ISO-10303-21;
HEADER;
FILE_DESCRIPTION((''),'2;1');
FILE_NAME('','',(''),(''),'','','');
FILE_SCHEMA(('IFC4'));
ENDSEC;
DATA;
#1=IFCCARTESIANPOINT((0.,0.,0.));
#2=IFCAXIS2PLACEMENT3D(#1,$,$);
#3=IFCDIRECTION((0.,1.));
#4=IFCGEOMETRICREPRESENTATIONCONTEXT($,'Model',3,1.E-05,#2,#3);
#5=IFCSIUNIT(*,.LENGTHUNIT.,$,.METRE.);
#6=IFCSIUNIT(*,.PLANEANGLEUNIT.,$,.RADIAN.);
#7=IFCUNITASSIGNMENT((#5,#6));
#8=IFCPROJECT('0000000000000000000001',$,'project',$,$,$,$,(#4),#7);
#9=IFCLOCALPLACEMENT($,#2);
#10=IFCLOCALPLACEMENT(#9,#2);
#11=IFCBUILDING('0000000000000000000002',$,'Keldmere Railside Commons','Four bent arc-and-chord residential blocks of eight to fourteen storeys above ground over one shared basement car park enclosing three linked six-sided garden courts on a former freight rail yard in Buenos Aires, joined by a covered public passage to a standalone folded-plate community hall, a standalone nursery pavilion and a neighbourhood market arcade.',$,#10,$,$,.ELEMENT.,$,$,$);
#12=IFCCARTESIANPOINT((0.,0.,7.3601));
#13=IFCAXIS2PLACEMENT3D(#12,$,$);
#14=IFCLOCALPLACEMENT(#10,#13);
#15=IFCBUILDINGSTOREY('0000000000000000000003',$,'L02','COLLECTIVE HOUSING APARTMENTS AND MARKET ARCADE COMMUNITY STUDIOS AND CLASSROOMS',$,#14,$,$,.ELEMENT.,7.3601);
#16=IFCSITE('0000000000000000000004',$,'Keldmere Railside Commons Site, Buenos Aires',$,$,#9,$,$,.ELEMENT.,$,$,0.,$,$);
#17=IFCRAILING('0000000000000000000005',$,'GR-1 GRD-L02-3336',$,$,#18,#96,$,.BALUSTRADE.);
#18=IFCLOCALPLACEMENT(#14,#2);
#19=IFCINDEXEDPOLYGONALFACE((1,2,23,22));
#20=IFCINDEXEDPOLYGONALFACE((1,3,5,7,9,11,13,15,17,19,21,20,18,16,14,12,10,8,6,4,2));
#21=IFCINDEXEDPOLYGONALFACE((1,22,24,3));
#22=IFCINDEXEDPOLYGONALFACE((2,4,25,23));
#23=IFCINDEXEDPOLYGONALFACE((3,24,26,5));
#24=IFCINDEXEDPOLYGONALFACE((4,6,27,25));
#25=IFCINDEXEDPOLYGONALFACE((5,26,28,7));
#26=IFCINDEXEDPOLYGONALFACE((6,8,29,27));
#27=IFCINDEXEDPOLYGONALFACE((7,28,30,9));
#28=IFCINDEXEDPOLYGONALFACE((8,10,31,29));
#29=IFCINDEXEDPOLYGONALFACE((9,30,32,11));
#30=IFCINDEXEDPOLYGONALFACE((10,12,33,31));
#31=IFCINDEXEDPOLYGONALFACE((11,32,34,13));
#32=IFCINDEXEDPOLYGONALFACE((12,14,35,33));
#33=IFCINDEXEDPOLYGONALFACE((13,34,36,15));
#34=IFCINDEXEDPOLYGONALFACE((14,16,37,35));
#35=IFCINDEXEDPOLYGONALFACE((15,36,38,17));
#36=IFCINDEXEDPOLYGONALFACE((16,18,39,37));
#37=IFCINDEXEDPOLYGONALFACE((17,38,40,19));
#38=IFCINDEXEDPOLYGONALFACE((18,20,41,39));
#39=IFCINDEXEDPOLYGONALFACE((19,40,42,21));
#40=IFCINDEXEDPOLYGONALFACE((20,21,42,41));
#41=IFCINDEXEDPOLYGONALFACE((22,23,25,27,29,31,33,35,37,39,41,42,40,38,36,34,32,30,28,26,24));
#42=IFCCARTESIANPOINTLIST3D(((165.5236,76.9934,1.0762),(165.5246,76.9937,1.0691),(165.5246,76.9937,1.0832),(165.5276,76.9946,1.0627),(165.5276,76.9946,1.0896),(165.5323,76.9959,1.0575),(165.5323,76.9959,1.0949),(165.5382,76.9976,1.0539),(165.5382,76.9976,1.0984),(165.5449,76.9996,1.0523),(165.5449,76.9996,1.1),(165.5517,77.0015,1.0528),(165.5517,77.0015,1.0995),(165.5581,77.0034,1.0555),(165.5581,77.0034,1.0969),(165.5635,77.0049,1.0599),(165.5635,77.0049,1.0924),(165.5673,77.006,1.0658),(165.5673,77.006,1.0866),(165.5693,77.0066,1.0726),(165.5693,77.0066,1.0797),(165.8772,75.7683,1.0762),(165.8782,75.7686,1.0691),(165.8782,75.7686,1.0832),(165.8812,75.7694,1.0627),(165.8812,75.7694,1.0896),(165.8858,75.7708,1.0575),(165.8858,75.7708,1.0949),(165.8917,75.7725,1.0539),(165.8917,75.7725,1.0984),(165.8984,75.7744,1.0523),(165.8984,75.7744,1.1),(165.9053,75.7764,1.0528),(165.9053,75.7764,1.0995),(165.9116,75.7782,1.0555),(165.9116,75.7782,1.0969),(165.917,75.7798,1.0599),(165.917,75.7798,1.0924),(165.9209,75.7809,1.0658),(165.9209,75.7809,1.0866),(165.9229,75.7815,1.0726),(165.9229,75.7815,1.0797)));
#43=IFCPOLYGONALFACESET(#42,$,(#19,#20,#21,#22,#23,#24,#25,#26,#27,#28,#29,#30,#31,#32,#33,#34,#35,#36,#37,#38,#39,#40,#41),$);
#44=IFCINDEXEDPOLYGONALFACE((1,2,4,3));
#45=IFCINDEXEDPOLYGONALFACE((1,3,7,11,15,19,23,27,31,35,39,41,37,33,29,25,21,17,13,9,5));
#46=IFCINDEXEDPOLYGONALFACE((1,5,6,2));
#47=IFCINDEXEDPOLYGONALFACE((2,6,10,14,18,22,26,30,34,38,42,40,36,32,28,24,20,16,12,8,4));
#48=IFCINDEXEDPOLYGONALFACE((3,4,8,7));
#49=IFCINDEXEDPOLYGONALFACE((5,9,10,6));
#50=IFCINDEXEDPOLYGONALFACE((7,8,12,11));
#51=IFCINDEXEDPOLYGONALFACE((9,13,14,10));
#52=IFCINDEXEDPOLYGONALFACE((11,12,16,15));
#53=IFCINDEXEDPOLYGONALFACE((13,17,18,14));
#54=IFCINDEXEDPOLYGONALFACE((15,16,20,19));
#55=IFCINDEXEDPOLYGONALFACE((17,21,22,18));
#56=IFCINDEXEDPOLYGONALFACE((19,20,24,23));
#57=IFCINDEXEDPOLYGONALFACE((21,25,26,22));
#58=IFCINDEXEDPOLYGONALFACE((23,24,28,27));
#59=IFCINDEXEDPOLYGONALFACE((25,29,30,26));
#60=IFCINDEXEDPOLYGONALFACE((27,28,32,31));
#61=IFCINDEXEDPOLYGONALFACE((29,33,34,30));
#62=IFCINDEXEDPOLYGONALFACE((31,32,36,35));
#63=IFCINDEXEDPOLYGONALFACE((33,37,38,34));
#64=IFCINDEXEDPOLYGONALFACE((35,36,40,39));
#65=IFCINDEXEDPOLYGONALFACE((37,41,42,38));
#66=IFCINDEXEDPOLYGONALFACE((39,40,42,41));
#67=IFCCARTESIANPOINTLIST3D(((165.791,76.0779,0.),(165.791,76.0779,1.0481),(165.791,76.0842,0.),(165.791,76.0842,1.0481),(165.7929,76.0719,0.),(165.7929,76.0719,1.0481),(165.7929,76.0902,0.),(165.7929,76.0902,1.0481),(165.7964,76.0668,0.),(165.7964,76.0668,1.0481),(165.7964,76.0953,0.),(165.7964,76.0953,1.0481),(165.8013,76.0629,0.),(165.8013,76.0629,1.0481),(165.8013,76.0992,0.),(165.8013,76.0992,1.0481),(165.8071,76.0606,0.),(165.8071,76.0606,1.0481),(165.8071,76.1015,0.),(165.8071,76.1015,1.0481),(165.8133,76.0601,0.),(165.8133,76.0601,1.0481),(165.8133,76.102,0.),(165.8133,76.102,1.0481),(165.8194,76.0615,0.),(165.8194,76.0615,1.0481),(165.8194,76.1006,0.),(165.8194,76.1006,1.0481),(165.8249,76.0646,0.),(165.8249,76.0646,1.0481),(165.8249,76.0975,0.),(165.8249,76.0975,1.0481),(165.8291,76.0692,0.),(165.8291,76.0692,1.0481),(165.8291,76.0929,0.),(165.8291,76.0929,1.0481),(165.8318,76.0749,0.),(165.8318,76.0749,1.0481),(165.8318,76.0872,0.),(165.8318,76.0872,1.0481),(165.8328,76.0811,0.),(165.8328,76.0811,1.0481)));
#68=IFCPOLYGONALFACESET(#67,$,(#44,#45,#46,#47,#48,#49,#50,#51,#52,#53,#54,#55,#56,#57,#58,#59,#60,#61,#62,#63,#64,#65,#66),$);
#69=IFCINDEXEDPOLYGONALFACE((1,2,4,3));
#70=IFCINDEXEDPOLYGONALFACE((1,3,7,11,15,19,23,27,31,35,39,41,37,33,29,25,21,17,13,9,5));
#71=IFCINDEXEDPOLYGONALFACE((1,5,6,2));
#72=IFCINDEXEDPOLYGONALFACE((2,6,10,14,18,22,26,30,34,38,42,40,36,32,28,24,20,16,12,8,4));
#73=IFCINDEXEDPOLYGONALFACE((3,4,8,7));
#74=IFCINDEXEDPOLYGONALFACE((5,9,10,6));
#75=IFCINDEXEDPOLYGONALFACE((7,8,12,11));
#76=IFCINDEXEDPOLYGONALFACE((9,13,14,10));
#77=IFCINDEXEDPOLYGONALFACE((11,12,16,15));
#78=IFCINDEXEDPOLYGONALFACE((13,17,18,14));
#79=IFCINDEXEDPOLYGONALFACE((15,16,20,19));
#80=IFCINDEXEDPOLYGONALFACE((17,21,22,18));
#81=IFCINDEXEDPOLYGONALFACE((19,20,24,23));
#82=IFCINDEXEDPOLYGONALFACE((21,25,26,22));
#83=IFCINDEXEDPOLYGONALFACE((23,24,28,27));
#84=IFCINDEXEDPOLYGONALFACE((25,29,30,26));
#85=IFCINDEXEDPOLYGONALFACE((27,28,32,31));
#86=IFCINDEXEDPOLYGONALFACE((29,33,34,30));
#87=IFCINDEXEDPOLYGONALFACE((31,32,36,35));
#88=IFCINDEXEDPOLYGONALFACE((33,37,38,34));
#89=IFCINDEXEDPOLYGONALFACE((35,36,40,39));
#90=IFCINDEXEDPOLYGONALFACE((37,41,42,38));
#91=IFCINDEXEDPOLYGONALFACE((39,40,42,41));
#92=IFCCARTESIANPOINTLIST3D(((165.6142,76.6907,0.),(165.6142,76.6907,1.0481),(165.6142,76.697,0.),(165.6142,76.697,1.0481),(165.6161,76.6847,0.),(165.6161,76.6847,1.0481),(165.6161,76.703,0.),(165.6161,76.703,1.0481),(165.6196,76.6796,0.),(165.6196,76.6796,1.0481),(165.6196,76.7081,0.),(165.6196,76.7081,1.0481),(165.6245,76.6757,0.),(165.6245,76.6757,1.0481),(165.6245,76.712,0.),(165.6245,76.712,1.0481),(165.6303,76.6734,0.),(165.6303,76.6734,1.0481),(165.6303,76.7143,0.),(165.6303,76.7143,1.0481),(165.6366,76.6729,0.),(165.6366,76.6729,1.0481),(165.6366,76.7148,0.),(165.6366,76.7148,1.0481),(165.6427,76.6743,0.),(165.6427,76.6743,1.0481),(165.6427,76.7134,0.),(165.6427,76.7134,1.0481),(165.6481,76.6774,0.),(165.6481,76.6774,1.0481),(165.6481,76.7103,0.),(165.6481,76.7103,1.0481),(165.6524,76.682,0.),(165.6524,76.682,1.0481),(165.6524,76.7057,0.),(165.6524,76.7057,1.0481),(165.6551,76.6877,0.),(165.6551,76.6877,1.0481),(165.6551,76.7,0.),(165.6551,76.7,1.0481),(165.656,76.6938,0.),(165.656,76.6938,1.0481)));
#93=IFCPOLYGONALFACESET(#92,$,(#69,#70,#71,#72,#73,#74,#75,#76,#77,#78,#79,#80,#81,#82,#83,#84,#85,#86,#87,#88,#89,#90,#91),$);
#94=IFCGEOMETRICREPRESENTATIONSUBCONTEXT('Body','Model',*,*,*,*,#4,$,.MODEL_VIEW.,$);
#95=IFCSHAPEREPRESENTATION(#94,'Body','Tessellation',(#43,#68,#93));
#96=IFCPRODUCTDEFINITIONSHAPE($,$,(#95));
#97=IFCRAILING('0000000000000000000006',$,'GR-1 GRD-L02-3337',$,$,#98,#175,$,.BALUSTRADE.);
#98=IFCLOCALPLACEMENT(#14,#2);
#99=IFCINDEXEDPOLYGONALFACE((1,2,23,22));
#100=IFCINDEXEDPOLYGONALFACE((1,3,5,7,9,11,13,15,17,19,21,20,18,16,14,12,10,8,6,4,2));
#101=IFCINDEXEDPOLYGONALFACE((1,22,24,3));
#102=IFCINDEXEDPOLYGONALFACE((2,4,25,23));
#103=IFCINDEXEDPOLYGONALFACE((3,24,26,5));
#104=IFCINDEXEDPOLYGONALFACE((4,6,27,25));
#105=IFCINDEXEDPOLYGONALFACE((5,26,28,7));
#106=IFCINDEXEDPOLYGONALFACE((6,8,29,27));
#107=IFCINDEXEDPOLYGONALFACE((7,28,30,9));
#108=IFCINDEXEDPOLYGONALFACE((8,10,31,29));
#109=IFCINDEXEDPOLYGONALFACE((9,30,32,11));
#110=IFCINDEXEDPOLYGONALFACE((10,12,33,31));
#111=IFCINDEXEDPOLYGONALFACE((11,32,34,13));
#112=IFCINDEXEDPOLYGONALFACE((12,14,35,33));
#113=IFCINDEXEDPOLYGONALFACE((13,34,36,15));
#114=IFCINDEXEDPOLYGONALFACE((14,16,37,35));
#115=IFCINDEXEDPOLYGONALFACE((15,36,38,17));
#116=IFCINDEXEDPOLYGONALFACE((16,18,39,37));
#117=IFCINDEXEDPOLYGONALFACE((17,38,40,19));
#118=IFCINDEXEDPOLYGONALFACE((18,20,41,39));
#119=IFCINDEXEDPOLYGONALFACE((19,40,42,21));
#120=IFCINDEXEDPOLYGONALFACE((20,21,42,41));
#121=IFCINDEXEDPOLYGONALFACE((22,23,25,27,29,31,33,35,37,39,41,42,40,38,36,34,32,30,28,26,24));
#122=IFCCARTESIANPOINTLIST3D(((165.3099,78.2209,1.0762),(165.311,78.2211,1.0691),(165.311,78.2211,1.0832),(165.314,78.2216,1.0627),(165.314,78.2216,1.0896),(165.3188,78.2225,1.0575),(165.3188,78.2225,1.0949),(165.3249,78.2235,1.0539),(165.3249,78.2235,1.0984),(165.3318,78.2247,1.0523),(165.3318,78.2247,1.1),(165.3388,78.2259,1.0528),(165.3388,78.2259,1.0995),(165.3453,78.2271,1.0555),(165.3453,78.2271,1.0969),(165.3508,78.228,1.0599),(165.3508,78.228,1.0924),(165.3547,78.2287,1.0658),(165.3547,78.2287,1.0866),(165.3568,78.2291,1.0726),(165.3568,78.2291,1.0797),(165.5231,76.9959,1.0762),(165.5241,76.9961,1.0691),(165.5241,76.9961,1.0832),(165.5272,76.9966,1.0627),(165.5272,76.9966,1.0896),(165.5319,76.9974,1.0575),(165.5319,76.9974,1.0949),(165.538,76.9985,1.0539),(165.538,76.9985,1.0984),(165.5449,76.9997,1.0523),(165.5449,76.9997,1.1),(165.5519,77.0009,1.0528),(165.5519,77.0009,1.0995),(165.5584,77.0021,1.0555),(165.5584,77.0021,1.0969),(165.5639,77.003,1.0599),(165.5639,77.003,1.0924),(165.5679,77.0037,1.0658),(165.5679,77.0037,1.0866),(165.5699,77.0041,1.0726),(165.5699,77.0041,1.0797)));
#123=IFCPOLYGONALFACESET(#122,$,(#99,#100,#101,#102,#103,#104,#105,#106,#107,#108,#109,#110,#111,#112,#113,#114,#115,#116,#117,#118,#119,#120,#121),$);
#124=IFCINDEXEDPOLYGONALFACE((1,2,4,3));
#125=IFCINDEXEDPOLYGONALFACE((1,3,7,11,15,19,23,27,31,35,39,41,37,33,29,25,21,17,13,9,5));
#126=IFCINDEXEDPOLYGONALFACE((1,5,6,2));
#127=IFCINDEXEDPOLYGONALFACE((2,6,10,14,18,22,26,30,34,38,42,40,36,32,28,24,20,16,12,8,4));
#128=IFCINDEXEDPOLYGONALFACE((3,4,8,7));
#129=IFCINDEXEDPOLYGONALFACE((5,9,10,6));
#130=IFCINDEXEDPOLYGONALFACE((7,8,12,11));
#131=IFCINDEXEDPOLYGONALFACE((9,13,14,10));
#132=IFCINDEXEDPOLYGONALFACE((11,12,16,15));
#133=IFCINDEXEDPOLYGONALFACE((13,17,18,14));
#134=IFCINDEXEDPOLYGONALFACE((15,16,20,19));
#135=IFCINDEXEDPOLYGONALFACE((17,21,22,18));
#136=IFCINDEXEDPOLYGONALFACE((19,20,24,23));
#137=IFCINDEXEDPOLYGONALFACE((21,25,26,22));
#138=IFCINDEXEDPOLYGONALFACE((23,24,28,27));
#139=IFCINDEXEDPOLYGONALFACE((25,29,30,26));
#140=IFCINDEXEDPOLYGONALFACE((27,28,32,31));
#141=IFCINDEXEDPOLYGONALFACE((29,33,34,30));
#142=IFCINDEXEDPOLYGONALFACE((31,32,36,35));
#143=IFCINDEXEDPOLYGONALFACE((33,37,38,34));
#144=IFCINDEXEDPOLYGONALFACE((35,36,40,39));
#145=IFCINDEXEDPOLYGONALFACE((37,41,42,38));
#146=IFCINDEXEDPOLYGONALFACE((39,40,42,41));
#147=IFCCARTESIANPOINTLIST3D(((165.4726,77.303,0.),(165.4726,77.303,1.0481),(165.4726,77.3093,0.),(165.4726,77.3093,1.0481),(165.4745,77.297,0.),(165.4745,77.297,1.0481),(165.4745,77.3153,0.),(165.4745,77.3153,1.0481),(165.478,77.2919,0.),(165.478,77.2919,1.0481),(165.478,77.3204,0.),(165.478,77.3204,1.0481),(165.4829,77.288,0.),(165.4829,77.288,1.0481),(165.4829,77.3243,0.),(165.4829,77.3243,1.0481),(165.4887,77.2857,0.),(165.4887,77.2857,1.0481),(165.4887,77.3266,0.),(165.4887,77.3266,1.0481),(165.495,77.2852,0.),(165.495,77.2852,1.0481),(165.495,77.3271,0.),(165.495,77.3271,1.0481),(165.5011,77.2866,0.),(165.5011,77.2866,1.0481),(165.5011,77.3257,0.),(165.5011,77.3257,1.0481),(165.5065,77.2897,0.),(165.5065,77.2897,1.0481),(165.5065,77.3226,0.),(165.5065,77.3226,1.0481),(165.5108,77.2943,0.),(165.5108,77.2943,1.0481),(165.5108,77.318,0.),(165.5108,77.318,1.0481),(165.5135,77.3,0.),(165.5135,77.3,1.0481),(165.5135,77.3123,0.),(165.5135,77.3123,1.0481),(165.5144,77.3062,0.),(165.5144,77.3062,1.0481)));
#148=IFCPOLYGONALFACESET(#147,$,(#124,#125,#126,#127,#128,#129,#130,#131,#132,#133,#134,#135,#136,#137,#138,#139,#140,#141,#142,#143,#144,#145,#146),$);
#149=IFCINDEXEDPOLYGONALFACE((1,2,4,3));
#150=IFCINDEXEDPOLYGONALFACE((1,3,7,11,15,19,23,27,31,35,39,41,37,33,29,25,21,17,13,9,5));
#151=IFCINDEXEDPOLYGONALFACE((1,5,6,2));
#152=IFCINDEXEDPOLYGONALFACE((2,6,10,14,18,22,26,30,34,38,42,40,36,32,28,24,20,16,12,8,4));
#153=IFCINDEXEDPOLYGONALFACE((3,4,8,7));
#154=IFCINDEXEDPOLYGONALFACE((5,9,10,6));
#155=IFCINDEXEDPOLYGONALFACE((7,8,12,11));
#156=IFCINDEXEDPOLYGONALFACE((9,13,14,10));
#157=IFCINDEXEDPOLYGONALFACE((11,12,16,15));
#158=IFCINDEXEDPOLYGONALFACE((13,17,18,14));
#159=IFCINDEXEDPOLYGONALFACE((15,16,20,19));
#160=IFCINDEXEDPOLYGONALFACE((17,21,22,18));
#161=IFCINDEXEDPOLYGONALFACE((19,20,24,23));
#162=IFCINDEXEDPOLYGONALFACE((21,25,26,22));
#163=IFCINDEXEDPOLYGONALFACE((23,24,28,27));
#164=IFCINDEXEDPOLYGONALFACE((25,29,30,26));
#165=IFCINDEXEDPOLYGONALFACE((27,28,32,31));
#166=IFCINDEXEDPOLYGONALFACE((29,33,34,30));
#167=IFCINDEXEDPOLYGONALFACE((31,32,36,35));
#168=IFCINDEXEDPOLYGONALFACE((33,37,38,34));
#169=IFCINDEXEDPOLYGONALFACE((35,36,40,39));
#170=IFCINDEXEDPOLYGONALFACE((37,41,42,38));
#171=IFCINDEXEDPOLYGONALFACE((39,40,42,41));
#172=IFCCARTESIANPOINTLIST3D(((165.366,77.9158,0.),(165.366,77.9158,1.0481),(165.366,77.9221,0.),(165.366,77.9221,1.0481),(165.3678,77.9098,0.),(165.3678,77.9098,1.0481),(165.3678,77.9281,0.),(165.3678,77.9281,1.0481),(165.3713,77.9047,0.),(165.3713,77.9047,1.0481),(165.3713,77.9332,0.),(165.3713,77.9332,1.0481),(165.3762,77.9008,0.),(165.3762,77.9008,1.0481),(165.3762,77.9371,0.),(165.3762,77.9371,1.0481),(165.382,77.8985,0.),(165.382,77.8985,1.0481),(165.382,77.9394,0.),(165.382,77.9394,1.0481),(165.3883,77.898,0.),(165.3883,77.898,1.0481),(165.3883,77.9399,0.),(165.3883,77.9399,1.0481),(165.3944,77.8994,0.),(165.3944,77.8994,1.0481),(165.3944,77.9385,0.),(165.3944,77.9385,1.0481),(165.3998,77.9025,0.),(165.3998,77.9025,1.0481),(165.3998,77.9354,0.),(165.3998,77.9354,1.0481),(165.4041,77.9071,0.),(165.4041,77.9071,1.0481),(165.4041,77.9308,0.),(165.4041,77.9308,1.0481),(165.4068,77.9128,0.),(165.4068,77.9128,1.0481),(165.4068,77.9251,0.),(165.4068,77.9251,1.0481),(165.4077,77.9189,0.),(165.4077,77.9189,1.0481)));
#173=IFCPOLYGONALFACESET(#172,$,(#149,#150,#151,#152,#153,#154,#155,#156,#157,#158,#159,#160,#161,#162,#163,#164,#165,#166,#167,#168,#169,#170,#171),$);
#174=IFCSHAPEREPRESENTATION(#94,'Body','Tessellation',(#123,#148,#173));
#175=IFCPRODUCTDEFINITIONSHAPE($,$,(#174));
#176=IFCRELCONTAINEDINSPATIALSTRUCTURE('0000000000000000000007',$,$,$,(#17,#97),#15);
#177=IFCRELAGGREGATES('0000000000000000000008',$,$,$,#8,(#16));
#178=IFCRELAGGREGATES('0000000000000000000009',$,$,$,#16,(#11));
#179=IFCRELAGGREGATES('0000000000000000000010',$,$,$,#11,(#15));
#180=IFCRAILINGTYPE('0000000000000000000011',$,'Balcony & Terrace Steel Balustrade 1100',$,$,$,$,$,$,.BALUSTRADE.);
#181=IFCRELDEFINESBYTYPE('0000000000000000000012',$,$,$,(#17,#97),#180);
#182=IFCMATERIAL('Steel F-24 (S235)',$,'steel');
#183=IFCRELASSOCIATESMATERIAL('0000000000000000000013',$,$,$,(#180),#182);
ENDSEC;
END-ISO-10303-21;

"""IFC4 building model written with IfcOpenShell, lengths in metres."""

from ifc_helpers import new_model, si_unit, direction, frame, origin, origin_2d, place, context, subcontext, project, spatial, circle, extrude, material, type_object, element, save


model = new_model("IFC4")

# Units and contexts
model_context = context("Model", 3, precision=1e-05, world=origin(), true_north=direction((0.0, 1.0)))
body_context = subcontext(model_context, "Body", "Model", "MODEL_VIEW")
ifc_project = project(units=[si_unit("LENGTHUNIT", "METRE"), si_unit("PLANEANGLEUNIT", "RADIAN")], contexts=[model_context])

# Site, building, storey
site_placement = place(None, origin())
site = spatial("IfcSite", under=ifc_project, at=site_placement, Name="Keldmere Railside Commons Site, Buenos Aires", CompositionType="ELEMENT", RefElevation=0.0)
building_placement = place(site_placement, origin())
building = spatial("IfcBuilding", under=site, at=building_placement, Name="Keldmere Railside Commons", Description="Four bent arc-and-chord residential blocks of eight to fourteen storeys above ground over one shared basement car park enclosing three linked six-sided garden courts on a former freight rail yard in Buenos Aires, joined by a covered public passage to a standalone folded-plate community hall, a standalone nursery pavilion and a neighbourhood market arcade.", CompositionType="ELEMENT")
storey_placement = place(building_placement, frame((0.0, 0.0, 7.3601)))
storey = spatial("IfcBuildingStorey", under=building, at=storey_placement, Name="L02", Description="COLLECTIVE HOUSING APARTMENTS AND MARKET ARCADE COMMUNITY STUDIOS AND CLASSROOMS", CompositionType="ELEMENT", Elevation=7.3601)

# Railings
ifc_material_1 = material(Name="Steel F-24 (S235)", Category="steel")
railing_type = type_object("IfcRailingType", Name="Balcony & Terrace Steel Balustrade 1100", PredefinedType="BALUSTRADE", material=ifc_material_1)
railing_1_placement = place(storey_placement, frame((165.9001, 75.7749, 0.0)))
element("IfcRailing", 1, at=railing_1_placement, inside=storey, type_object=railing_type, Name="GR-1 GRD-L02-3336", PredefinedType="BALUSTRADE", context=body_context, shape_type="SweptSolid", body=[
    extrude(circle(Radius=0.0239, at=origin_2d()), frame((0.0, 0.0, 1.0762), z_axis=(-0.277249, 0.960798, 0.0), x_axis=(-0.960798, -0.277249, 0.0)), (0.0, 0.0, 1.0), 1.2751),
    extrude(circle(Radius=0.021, at=origin_2d()), frame((-0.0884, 0.3062, 0.0)), (0.0, 0.0, 1.0), 1.0481),
    extrude(circle(Radius=0.021, at=origin_2d()), frame((-0.2651, 0.9189, 0.0)), (0.0, 0.0, 1.0), 1.0481),
])
railing_2_placement = place(storey_placement, frame((165.5466, 77.0, 0.0)))
element("IfcRailing", 2, at=railing_2_placement, inside=storey, type_object=railing_type, Name="GR-1 GRD-L02-3337", PredefinedType="BALUSTRADE", context=body_context, shape_type="SweptSolid", body=[
    extrude(circle(Radius=0.0239, at=origin_2d()), frame((0.0, 0.0, 1.0762), z_axis=(-0.171399, 0.985202, 0.0), x_axis=(-0.985202, -0.171399, 0.0)), (0.0, 0.0, 1.0), 1.2434),
    extrude(circle(Radius=0.021, at=origin_2d()), frame((-0.0532, 0.3062, 0.0)), (0.0, 0.0, 1.0), 1.0481),
    extrude(circle(Radius=0.021, at=origin_2d()), frame((-0.1599, 0.9189, 0.0)), (0.0, 0.0, 1.0), 1.0481),
])

save(model, "model.ifc")
